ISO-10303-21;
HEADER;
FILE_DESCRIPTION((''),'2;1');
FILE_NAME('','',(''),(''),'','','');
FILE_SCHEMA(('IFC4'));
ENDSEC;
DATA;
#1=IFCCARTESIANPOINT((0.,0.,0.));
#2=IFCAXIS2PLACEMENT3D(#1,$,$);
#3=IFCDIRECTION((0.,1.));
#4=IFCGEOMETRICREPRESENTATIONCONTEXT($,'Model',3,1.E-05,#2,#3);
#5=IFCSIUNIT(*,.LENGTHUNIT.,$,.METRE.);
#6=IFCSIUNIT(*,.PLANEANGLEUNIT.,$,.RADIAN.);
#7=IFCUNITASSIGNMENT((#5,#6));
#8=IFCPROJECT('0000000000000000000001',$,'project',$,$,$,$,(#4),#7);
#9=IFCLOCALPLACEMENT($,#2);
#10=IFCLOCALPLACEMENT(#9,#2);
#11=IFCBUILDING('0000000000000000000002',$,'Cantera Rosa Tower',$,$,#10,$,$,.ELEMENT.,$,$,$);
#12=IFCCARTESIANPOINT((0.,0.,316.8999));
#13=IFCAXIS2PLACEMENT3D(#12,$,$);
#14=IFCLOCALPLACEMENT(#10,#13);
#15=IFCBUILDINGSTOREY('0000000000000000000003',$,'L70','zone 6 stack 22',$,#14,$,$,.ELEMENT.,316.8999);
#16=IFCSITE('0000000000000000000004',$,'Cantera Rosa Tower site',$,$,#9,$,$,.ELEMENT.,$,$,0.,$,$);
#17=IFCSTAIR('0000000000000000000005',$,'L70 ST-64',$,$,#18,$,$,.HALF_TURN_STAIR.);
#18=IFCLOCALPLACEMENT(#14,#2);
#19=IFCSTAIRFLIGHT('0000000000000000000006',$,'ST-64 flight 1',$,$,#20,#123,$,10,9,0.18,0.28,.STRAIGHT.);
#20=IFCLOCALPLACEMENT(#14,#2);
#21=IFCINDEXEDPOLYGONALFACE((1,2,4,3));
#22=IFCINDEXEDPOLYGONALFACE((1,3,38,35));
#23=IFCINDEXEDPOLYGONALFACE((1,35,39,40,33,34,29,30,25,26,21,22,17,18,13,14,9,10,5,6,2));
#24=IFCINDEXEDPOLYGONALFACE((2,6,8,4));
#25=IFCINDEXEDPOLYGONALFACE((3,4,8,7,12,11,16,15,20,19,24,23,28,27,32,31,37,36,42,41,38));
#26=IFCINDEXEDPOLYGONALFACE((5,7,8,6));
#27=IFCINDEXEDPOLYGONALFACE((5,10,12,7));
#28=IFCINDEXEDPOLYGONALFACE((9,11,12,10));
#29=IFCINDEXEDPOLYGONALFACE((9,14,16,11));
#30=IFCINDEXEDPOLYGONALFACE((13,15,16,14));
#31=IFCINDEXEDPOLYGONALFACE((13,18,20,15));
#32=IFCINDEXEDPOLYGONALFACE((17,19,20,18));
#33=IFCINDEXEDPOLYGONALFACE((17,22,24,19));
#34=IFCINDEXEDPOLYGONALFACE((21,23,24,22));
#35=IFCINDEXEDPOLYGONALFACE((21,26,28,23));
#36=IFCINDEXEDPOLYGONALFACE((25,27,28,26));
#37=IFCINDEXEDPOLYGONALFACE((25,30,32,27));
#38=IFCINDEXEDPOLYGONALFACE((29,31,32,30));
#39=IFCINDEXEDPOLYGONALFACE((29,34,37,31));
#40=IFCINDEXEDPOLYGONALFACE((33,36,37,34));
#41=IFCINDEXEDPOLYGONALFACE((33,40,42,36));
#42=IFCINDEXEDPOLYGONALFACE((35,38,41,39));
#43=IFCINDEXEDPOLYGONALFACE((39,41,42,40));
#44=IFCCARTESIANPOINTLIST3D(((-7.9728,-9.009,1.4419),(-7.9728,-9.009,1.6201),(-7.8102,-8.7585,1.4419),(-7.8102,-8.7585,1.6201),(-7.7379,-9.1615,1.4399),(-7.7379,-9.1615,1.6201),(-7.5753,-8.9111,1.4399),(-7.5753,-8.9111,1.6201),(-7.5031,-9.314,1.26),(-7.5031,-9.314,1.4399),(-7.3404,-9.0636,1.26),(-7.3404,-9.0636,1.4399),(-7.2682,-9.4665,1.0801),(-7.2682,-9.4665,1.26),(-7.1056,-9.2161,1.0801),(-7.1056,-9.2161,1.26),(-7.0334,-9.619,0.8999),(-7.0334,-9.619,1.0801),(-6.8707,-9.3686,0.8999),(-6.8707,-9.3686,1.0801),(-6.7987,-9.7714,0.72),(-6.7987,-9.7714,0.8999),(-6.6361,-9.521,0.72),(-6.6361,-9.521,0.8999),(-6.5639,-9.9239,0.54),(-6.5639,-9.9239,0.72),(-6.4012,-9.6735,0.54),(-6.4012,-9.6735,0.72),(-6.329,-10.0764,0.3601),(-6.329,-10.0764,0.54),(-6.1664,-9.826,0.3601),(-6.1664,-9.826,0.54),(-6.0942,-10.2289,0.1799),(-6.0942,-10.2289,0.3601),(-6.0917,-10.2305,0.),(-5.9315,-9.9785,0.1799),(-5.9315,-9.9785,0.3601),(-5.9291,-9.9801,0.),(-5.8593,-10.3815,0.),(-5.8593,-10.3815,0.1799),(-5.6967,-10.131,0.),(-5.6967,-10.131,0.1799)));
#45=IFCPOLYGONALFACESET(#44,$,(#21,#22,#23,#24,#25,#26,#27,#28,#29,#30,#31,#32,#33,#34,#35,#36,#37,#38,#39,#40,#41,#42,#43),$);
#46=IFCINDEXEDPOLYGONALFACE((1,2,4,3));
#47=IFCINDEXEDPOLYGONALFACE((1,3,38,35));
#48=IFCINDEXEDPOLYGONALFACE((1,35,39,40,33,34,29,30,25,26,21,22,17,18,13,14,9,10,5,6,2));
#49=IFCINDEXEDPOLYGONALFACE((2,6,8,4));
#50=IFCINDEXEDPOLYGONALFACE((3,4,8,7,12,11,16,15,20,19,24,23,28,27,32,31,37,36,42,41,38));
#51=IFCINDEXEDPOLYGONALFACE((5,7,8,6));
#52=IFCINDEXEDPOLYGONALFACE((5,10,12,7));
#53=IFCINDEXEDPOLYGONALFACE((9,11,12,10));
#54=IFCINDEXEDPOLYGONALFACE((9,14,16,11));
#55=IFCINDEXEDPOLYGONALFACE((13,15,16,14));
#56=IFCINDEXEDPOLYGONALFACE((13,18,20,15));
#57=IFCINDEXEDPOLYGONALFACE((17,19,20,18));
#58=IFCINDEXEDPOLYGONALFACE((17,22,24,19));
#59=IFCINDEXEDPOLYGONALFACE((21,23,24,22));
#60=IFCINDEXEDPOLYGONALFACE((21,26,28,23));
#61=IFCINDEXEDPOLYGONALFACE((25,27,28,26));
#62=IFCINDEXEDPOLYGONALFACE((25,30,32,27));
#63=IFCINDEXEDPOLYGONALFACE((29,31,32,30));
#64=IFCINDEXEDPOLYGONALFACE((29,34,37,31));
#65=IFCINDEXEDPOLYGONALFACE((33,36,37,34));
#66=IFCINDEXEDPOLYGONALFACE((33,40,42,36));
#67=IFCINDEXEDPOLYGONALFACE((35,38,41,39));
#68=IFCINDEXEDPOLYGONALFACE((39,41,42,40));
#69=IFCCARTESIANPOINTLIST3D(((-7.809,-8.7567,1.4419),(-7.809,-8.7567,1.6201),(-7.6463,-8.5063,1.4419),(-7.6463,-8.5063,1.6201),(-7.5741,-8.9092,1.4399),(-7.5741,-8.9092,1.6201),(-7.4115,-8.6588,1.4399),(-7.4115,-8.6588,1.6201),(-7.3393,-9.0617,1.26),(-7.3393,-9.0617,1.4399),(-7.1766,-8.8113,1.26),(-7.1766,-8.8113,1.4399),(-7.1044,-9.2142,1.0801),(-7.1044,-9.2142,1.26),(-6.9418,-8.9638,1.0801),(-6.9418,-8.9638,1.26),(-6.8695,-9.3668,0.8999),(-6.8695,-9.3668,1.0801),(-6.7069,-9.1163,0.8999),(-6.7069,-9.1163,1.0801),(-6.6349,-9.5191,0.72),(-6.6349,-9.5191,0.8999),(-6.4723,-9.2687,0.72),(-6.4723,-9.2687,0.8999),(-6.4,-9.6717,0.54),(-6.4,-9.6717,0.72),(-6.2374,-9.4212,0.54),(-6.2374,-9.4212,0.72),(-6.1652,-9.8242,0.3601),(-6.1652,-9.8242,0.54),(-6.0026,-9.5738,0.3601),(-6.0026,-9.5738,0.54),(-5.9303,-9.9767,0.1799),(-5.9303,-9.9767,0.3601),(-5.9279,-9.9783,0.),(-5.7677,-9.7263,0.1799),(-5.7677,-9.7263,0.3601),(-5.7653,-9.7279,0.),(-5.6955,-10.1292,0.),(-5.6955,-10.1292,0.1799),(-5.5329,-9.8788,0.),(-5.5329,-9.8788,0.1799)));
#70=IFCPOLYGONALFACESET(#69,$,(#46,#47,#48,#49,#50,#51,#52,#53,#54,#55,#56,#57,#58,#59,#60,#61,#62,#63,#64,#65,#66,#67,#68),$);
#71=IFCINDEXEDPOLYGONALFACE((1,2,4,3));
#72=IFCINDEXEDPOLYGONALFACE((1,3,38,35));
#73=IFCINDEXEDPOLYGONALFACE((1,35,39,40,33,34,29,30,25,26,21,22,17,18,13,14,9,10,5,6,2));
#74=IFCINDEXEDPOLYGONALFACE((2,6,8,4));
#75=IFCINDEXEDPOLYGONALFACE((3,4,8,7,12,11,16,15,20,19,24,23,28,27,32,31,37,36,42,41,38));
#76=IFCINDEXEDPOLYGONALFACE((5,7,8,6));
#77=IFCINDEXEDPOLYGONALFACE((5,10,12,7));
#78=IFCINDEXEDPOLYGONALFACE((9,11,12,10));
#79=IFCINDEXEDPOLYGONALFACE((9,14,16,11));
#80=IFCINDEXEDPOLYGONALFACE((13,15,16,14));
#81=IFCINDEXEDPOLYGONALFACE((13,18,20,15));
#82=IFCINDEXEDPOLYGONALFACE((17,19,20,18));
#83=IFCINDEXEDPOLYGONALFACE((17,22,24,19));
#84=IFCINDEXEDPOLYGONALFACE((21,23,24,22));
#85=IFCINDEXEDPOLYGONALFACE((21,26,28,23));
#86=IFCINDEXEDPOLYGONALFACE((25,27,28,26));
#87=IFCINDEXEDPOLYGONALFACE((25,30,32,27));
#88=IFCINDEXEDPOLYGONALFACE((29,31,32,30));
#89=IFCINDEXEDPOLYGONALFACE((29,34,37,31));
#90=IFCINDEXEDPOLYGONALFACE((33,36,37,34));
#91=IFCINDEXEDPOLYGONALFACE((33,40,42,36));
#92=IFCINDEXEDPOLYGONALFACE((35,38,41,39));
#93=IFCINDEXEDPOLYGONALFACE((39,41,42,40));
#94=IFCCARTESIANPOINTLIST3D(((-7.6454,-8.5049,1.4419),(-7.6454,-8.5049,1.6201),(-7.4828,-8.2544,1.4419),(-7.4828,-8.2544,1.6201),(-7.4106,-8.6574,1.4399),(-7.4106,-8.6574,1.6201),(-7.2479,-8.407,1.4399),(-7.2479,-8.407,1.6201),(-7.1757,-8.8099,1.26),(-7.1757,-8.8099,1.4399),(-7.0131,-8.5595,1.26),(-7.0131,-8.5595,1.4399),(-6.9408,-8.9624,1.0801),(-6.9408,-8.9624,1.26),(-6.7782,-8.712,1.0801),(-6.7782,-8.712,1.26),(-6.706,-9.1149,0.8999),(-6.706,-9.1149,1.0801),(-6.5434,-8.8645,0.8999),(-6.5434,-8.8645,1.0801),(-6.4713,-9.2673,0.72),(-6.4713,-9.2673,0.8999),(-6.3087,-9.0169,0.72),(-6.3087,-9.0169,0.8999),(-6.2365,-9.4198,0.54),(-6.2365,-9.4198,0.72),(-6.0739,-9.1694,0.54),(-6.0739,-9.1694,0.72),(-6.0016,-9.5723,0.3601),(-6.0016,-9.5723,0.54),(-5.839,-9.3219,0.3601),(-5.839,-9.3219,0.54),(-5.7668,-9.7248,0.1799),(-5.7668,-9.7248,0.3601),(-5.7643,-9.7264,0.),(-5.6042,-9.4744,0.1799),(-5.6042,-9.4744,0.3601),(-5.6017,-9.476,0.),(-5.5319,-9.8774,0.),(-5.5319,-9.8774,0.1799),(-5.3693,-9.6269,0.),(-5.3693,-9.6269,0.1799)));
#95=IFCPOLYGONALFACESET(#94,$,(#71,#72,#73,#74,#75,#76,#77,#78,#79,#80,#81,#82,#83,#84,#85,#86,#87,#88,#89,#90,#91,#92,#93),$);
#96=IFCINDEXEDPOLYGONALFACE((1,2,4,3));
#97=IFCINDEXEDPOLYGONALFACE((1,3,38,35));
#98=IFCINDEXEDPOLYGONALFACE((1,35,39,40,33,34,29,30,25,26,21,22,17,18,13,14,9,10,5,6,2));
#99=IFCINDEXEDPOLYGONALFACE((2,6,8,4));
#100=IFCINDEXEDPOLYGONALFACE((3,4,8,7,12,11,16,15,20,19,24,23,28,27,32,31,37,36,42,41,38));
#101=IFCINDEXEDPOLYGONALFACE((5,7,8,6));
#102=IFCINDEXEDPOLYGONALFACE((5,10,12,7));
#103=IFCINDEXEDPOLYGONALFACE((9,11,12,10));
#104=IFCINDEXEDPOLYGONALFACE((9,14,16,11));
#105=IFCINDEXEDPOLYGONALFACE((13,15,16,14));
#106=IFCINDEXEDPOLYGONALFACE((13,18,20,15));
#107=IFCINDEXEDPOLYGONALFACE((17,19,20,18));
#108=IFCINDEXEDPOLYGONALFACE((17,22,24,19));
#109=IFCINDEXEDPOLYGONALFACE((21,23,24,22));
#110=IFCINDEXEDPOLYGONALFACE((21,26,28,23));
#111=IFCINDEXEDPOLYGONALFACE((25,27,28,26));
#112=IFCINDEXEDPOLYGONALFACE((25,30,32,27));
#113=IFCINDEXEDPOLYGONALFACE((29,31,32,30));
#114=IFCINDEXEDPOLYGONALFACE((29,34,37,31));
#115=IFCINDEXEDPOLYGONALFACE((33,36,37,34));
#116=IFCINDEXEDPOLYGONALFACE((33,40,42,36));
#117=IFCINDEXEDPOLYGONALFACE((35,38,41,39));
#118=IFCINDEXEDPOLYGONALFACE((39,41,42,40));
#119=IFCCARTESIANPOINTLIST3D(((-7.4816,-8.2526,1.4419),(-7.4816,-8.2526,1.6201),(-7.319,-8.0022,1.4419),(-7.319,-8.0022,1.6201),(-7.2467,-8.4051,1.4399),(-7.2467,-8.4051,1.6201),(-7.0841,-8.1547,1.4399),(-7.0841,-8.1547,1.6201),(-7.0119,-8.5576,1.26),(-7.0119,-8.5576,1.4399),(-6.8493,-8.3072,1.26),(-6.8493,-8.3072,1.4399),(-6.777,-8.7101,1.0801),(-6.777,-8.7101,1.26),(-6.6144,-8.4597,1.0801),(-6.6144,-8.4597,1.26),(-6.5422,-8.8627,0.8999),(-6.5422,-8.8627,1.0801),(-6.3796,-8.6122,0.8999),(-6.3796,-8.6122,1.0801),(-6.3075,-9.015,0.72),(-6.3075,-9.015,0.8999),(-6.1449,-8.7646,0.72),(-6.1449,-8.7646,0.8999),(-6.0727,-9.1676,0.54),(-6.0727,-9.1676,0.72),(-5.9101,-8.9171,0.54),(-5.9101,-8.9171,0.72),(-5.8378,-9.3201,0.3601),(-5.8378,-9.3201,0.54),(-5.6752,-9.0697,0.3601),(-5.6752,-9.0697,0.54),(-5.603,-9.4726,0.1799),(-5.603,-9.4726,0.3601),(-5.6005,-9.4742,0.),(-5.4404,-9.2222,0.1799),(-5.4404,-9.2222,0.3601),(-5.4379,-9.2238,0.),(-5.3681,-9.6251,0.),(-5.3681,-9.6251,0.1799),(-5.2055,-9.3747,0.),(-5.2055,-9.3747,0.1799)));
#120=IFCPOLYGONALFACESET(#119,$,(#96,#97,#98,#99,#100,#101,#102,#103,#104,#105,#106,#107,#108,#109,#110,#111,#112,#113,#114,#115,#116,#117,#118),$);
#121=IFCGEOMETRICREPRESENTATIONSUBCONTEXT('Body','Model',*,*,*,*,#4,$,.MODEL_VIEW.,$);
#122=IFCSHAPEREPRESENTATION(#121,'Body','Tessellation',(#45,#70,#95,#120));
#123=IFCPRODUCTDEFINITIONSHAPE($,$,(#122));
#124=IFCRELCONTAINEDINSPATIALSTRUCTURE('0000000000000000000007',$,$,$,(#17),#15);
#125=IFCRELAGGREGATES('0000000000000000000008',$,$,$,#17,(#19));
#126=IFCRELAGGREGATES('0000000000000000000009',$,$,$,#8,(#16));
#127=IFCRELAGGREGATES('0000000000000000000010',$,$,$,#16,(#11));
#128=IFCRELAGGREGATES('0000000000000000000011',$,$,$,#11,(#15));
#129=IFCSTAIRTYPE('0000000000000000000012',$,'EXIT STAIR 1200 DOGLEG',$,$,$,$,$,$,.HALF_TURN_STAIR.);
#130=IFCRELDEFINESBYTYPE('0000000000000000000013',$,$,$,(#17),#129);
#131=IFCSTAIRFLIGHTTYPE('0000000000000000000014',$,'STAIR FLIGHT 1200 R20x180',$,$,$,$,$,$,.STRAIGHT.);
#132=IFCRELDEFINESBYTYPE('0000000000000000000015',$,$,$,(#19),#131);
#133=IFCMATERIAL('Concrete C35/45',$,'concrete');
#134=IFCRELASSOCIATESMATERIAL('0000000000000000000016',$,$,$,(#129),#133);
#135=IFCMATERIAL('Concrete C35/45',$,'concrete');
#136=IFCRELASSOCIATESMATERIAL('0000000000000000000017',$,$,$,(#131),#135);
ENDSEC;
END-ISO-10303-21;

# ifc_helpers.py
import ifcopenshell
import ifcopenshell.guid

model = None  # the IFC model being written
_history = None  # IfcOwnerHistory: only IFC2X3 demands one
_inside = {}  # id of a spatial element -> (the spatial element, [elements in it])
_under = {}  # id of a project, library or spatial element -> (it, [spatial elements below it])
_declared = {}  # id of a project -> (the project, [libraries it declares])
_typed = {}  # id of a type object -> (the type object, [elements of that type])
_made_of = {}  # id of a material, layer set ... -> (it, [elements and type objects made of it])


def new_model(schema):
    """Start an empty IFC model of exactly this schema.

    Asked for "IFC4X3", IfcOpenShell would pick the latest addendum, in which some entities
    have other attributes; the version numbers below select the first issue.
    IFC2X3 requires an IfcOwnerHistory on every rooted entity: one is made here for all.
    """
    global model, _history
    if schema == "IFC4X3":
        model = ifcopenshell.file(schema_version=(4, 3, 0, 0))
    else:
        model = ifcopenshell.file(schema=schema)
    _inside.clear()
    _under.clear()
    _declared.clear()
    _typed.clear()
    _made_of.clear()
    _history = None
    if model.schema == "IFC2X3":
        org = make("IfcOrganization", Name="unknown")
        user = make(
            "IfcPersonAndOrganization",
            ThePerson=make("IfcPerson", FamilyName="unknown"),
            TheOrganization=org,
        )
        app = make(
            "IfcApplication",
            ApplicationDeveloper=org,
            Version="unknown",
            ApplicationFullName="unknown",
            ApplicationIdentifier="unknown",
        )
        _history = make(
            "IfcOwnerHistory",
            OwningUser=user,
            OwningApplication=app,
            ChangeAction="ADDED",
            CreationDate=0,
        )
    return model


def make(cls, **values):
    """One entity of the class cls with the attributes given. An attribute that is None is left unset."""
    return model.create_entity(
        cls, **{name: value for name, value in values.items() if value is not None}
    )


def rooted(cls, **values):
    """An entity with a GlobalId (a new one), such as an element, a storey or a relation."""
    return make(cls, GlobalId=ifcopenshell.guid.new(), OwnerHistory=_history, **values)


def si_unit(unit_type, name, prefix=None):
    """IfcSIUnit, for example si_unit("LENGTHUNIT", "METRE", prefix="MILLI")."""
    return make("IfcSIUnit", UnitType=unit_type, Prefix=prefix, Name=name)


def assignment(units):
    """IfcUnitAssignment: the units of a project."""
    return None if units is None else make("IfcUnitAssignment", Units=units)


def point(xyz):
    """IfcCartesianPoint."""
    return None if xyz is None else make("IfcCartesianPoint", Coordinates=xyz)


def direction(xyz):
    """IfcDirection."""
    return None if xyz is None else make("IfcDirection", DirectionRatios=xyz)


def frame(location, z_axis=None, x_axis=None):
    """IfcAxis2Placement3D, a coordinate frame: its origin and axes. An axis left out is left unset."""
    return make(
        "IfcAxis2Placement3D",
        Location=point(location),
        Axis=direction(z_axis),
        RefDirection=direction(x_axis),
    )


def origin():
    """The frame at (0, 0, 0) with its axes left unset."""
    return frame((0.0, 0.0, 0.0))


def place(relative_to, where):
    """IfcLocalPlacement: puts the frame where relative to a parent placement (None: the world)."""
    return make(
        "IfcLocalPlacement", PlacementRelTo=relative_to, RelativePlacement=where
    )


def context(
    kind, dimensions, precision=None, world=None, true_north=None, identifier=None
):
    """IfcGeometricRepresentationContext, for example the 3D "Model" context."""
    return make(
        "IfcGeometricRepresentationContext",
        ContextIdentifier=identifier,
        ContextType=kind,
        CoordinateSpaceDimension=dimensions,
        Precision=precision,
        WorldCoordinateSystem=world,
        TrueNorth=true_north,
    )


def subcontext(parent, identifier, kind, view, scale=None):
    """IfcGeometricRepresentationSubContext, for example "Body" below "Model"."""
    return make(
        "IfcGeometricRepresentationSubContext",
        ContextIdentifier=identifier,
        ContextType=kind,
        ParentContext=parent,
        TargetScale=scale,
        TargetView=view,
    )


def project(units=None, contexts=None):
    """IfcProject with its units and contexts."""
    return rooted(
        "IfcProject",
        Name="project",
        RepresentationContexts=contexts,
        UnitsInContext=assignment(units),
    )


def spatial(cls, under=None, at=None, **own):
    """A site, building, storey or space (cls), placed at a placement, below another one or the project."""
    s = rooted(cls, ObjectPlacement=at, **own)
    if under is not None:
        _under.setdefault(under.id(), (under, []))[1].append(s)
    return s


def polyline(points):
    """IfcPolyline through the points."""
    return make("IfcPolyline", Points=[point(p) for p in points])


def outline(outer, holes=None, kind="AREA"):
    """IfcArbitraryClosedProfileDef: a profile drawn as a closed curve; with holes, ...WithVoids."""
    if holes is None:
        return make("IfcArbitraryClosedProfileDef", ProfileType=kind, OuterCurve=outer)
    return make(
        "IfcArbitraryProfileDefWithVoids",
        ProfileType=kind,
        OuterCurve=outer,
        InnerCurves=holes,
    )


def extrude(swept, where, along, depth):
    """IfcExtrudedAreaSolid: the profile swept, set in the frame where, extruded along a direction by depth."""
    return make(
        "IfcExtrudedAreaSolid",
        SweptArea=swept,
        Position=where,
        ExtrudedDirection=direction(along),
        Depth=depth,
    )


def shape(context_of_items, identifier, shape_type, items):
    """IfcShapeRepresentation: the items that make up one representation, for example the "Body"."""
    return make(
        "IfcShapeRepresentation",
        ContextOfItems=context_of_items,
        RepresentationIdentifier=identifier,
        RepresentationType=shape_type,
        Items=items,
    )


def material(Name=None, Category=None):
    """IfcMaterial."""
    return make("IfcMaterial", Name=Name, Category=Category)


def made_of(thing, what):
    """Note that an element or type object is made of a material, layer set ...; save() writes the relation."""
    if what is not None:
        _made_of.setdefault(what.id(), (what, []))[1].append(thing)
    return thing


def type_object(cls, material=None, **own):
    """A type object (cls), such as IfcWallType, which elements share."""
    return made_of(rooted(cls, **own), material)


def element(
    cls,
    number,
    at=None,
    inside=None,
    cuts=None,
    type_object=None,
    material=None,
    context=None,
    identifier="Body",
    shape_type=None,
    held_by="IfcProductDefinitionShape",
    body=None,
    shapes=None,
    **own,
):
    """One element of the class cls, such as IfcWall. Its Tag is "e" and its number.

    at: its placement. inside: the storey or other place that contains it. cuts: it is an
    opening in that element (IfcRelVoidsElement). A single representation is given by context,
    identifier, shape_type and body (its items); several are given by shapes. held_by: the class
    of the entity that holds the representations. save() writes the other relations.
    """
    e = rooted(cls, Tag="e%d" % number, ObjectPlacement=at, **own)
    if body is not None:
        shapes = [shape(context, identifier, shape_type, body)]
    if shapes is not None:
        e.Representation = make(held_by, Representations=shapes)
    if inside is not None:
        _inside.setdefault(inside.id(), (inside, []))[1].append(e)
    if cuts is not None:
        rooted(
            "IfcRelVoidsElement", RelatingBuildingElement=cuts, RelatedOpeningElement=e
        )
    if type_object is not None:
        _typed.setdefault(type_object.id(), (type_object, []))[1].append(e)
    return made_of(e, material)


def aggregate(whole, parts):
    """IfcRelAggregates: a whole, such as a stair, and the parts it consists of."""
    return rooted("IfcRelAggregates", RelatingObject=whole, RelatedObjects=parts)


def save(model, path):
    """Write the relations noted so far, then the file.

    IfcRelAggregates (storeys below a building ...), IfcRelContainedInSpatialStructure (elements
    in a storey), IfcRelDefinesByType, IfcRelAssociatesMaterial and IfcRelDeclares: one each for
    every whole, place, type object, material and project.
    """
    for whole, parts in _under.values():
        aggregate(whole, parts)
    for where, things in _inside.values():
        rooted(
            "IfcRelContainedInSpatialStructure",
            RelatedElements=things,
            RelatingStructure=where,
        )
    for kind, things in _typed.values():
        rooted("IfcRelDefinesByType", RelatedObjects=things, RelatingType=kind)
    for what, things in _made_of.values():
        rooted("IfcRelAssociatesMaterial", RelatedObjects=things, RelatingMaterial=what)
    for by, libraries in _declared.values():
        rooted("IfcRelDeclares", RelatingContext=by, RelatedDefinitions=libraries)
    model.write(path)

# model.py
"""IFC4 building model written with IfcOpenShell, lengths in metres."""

from ifc_helpers import new_model, si_unit, direction, frame, origin, place, context, subcontext, project, spatial, polyline, outline, extrude, material, type_object, element, aggregate, save


model = new_model("IFC4")

# Units and contexts
model_context = context("Model", 3, precision=1e-05, world=origin(), true_north=direction((0.0, 1.0)))
body_context = subcontext(model_context, "Body", "Model", "MODEL_VIEW")
ifc_project = project(units=[si_unit("LENGTHUNIT", "METRE"), si_unit("PLANEANGLEUNIT", "RADIAN")], contexts=[model_context])

# Site, building, storey
site_placement = place(None, origin())
site = spatial("IfcSite", under=ifc_project, at=site_placement, Name="Cantera Rosa Tower site", CompositionType="ELEMENT", RefElevation=0.0)
building_placement = place(site_placement, origin())
building = spatial("IfcBuilding", under=site, at=building_placement, Name="Cantera Rosa Tower", CompositionType="ELEMENT")
storey_placement = place(building_placement, frame((0.0, 0.0, 316.8999)))
storey = spatial("IfcBuildingStorey", under=building, at=storey_placement, Name="L70", Description="zone 6 stack 22", CompositionType="ELEMENT", Elevation=316.8999)

# Stair, stair flight
ifc_material_1 = material(Name="Concrete C35/45", Category="concrete")
stair_type = type_object("IfcStairType", Name="EXIT STAIR 1200 DOGLEG", PredefinedType="HALF_TURN_STAIR", material=ifc_material_1)
stair_placement = place(storey_placement, origin())
stair = element("IfcStair", 1, at=stair_placement, inside=storey, type_object=stair_type, Name="L70 ST-64", PredefinedType="HALF_TURN_STAIR")
ifc_material_2 = material(Name="Concrete C35/45", Category="concrete")
stair_flight_type = type_object("IfcStairFlightType", Name="STAIR FLIGHT 1200 R20x180", PredefinedType="STRAIGHT", material=ifc_material_2)
stair_flight_1_placement = place(storey_placement, frame((-5.5325, -9.8782, 0.0), z_axis=(0.0, 0.0, 1.0), x_axis=(-0.838671, 0.544639, 0.0)))
stair_flight_1 = element("IfcStairFlight", 2, at=stair_flight_1_placement, type_object=stair_flight_type, Name="ST-64 flight 1", NumberOfRisers=10, NumberOfTreads=9, PredefinedType="STRAIGHT", RiserHeight=0.18, TreadLength=0.28, context=body_context, shape_type="SweptSolid", body=[
    extrude(outline(polyline([(0.0, 0.0), (0.0, 0.1799), (0.28, 0.1799), (0.28, 0.3601), (0.5601, 0.3601), (0.5601, 0.54), (0.8401, 0.54), (0.8401, 0.72), (1.1201, 0.72), (1.1201, 0.8999), (1.3999, 0.8999), (1.3999, 1.0801), (1.6799, 1.0801), (1.6799, 1.26), (1.96, 1.26), (1.96, 1.4399), (2.24, 1.4399), (2.24, 1.6201), (2.52, 1.6201), (2.52, 1.8), (2.52, 1.4419), (0.2771, 0.0), (0.0, 0.0)])), frame((0.0, 0.6001, 0.0), z_axis=(0.0, -1.0, 0.0), x_axis=(1.0, 0.0, 0.0)), (0.0, 0.0, 1.0), 0.2986),
    extrude(outline(polyline([(0.0, 0.0), (0.0, 0.1799), (0.28, 0.1799), (0.28, 0.3601), (0.5601, 0.3601), (0.5601, 0.54), (0.8401, 0.54), (0.8401, 0.72), (1.1201, 0.72), (1.1201, 0.8999), (1.3999, 0.8999), (1.3999, 1.0801), (1.6799, 1.0801), (1.6799, 1.26), (1.96, 1.26), (1.96, 1.4399), (2.24, 1.4399), (2.24, 1.6201), (2.52, 1.6201), (2.52, 1.8), (2.52, 1.4419), (0.2771, 0.0), (0.0, 0.0)])), frame((0.0, 0.2993, 0.0), z_axis=(0.0, -1.0, 0.0), x_axis=(1.0, 0.0, 0.0)), (0.0, 0.0, 1.0), 0.2986),
    extrude(outline(polyline([(0.0, 0.0), (0.0, 0.1799), (0.28, 0.1799), (0.28, 0.3601), (0.5601, 0.3601), (0.5601, 0.54), (0.8401, 0.54), (0.8401, 0.72), (1.1201, 0.72), (1.1201, 0.8999), (1.3999, 0.8999), (1.3999, 1.0801), (1.6799, 1.0801), (1.6799, 1.26), (1.96, 1.26), (1.96, 1.4399), (2.24, 1.4399), (2.24, 1.6201), (2.52, 1.6201), (2.52, 1.8), (2.52, 1.4419), (0.2771, 0.0), (0.0, 0.0)])), frame((0.0, -0.001, 0.0), z_axis=(0.0, -1.0, 0.0), x_axis=(1.0, 0.0, 0.0)), (0.0, 0.0, 1.0), 0.2986),
    extrude(outline(polyline([(0.0, 0.0), (0.0, 0.1799), (0.28, 0.1799), (0.28, 0.3601), (0.5601, 0.3601), (0.5601, 0.54), (0.8401, 0.54), (0.8401, 0.72), (1.1201, 0.72), (1.1201, 0.8999), (1.3999, 0.8999), (1.3999, 1.0801), (1.6799, 1.0801), (1.6799, 1.26), (1.96, 1.26), (1.96, 1.4399), (2.24, 1.4399), (2.24, 1.6201), (2.52, 1.6201), (2.52, 1.8), (2.52, 1.4419), (0.2771, 0.0), (0.0, 0.0)])), frame((0.0, -0.3018, 0.0), z_axis=(0.0, -1.0, 0.0), x_axis=(1.0, 0.0, 0.0)), (0.0, 0.0, 1.0), 0.2986),
])
aggregate(stair, [stair_flight_1])

save(model, "model.ifc")
